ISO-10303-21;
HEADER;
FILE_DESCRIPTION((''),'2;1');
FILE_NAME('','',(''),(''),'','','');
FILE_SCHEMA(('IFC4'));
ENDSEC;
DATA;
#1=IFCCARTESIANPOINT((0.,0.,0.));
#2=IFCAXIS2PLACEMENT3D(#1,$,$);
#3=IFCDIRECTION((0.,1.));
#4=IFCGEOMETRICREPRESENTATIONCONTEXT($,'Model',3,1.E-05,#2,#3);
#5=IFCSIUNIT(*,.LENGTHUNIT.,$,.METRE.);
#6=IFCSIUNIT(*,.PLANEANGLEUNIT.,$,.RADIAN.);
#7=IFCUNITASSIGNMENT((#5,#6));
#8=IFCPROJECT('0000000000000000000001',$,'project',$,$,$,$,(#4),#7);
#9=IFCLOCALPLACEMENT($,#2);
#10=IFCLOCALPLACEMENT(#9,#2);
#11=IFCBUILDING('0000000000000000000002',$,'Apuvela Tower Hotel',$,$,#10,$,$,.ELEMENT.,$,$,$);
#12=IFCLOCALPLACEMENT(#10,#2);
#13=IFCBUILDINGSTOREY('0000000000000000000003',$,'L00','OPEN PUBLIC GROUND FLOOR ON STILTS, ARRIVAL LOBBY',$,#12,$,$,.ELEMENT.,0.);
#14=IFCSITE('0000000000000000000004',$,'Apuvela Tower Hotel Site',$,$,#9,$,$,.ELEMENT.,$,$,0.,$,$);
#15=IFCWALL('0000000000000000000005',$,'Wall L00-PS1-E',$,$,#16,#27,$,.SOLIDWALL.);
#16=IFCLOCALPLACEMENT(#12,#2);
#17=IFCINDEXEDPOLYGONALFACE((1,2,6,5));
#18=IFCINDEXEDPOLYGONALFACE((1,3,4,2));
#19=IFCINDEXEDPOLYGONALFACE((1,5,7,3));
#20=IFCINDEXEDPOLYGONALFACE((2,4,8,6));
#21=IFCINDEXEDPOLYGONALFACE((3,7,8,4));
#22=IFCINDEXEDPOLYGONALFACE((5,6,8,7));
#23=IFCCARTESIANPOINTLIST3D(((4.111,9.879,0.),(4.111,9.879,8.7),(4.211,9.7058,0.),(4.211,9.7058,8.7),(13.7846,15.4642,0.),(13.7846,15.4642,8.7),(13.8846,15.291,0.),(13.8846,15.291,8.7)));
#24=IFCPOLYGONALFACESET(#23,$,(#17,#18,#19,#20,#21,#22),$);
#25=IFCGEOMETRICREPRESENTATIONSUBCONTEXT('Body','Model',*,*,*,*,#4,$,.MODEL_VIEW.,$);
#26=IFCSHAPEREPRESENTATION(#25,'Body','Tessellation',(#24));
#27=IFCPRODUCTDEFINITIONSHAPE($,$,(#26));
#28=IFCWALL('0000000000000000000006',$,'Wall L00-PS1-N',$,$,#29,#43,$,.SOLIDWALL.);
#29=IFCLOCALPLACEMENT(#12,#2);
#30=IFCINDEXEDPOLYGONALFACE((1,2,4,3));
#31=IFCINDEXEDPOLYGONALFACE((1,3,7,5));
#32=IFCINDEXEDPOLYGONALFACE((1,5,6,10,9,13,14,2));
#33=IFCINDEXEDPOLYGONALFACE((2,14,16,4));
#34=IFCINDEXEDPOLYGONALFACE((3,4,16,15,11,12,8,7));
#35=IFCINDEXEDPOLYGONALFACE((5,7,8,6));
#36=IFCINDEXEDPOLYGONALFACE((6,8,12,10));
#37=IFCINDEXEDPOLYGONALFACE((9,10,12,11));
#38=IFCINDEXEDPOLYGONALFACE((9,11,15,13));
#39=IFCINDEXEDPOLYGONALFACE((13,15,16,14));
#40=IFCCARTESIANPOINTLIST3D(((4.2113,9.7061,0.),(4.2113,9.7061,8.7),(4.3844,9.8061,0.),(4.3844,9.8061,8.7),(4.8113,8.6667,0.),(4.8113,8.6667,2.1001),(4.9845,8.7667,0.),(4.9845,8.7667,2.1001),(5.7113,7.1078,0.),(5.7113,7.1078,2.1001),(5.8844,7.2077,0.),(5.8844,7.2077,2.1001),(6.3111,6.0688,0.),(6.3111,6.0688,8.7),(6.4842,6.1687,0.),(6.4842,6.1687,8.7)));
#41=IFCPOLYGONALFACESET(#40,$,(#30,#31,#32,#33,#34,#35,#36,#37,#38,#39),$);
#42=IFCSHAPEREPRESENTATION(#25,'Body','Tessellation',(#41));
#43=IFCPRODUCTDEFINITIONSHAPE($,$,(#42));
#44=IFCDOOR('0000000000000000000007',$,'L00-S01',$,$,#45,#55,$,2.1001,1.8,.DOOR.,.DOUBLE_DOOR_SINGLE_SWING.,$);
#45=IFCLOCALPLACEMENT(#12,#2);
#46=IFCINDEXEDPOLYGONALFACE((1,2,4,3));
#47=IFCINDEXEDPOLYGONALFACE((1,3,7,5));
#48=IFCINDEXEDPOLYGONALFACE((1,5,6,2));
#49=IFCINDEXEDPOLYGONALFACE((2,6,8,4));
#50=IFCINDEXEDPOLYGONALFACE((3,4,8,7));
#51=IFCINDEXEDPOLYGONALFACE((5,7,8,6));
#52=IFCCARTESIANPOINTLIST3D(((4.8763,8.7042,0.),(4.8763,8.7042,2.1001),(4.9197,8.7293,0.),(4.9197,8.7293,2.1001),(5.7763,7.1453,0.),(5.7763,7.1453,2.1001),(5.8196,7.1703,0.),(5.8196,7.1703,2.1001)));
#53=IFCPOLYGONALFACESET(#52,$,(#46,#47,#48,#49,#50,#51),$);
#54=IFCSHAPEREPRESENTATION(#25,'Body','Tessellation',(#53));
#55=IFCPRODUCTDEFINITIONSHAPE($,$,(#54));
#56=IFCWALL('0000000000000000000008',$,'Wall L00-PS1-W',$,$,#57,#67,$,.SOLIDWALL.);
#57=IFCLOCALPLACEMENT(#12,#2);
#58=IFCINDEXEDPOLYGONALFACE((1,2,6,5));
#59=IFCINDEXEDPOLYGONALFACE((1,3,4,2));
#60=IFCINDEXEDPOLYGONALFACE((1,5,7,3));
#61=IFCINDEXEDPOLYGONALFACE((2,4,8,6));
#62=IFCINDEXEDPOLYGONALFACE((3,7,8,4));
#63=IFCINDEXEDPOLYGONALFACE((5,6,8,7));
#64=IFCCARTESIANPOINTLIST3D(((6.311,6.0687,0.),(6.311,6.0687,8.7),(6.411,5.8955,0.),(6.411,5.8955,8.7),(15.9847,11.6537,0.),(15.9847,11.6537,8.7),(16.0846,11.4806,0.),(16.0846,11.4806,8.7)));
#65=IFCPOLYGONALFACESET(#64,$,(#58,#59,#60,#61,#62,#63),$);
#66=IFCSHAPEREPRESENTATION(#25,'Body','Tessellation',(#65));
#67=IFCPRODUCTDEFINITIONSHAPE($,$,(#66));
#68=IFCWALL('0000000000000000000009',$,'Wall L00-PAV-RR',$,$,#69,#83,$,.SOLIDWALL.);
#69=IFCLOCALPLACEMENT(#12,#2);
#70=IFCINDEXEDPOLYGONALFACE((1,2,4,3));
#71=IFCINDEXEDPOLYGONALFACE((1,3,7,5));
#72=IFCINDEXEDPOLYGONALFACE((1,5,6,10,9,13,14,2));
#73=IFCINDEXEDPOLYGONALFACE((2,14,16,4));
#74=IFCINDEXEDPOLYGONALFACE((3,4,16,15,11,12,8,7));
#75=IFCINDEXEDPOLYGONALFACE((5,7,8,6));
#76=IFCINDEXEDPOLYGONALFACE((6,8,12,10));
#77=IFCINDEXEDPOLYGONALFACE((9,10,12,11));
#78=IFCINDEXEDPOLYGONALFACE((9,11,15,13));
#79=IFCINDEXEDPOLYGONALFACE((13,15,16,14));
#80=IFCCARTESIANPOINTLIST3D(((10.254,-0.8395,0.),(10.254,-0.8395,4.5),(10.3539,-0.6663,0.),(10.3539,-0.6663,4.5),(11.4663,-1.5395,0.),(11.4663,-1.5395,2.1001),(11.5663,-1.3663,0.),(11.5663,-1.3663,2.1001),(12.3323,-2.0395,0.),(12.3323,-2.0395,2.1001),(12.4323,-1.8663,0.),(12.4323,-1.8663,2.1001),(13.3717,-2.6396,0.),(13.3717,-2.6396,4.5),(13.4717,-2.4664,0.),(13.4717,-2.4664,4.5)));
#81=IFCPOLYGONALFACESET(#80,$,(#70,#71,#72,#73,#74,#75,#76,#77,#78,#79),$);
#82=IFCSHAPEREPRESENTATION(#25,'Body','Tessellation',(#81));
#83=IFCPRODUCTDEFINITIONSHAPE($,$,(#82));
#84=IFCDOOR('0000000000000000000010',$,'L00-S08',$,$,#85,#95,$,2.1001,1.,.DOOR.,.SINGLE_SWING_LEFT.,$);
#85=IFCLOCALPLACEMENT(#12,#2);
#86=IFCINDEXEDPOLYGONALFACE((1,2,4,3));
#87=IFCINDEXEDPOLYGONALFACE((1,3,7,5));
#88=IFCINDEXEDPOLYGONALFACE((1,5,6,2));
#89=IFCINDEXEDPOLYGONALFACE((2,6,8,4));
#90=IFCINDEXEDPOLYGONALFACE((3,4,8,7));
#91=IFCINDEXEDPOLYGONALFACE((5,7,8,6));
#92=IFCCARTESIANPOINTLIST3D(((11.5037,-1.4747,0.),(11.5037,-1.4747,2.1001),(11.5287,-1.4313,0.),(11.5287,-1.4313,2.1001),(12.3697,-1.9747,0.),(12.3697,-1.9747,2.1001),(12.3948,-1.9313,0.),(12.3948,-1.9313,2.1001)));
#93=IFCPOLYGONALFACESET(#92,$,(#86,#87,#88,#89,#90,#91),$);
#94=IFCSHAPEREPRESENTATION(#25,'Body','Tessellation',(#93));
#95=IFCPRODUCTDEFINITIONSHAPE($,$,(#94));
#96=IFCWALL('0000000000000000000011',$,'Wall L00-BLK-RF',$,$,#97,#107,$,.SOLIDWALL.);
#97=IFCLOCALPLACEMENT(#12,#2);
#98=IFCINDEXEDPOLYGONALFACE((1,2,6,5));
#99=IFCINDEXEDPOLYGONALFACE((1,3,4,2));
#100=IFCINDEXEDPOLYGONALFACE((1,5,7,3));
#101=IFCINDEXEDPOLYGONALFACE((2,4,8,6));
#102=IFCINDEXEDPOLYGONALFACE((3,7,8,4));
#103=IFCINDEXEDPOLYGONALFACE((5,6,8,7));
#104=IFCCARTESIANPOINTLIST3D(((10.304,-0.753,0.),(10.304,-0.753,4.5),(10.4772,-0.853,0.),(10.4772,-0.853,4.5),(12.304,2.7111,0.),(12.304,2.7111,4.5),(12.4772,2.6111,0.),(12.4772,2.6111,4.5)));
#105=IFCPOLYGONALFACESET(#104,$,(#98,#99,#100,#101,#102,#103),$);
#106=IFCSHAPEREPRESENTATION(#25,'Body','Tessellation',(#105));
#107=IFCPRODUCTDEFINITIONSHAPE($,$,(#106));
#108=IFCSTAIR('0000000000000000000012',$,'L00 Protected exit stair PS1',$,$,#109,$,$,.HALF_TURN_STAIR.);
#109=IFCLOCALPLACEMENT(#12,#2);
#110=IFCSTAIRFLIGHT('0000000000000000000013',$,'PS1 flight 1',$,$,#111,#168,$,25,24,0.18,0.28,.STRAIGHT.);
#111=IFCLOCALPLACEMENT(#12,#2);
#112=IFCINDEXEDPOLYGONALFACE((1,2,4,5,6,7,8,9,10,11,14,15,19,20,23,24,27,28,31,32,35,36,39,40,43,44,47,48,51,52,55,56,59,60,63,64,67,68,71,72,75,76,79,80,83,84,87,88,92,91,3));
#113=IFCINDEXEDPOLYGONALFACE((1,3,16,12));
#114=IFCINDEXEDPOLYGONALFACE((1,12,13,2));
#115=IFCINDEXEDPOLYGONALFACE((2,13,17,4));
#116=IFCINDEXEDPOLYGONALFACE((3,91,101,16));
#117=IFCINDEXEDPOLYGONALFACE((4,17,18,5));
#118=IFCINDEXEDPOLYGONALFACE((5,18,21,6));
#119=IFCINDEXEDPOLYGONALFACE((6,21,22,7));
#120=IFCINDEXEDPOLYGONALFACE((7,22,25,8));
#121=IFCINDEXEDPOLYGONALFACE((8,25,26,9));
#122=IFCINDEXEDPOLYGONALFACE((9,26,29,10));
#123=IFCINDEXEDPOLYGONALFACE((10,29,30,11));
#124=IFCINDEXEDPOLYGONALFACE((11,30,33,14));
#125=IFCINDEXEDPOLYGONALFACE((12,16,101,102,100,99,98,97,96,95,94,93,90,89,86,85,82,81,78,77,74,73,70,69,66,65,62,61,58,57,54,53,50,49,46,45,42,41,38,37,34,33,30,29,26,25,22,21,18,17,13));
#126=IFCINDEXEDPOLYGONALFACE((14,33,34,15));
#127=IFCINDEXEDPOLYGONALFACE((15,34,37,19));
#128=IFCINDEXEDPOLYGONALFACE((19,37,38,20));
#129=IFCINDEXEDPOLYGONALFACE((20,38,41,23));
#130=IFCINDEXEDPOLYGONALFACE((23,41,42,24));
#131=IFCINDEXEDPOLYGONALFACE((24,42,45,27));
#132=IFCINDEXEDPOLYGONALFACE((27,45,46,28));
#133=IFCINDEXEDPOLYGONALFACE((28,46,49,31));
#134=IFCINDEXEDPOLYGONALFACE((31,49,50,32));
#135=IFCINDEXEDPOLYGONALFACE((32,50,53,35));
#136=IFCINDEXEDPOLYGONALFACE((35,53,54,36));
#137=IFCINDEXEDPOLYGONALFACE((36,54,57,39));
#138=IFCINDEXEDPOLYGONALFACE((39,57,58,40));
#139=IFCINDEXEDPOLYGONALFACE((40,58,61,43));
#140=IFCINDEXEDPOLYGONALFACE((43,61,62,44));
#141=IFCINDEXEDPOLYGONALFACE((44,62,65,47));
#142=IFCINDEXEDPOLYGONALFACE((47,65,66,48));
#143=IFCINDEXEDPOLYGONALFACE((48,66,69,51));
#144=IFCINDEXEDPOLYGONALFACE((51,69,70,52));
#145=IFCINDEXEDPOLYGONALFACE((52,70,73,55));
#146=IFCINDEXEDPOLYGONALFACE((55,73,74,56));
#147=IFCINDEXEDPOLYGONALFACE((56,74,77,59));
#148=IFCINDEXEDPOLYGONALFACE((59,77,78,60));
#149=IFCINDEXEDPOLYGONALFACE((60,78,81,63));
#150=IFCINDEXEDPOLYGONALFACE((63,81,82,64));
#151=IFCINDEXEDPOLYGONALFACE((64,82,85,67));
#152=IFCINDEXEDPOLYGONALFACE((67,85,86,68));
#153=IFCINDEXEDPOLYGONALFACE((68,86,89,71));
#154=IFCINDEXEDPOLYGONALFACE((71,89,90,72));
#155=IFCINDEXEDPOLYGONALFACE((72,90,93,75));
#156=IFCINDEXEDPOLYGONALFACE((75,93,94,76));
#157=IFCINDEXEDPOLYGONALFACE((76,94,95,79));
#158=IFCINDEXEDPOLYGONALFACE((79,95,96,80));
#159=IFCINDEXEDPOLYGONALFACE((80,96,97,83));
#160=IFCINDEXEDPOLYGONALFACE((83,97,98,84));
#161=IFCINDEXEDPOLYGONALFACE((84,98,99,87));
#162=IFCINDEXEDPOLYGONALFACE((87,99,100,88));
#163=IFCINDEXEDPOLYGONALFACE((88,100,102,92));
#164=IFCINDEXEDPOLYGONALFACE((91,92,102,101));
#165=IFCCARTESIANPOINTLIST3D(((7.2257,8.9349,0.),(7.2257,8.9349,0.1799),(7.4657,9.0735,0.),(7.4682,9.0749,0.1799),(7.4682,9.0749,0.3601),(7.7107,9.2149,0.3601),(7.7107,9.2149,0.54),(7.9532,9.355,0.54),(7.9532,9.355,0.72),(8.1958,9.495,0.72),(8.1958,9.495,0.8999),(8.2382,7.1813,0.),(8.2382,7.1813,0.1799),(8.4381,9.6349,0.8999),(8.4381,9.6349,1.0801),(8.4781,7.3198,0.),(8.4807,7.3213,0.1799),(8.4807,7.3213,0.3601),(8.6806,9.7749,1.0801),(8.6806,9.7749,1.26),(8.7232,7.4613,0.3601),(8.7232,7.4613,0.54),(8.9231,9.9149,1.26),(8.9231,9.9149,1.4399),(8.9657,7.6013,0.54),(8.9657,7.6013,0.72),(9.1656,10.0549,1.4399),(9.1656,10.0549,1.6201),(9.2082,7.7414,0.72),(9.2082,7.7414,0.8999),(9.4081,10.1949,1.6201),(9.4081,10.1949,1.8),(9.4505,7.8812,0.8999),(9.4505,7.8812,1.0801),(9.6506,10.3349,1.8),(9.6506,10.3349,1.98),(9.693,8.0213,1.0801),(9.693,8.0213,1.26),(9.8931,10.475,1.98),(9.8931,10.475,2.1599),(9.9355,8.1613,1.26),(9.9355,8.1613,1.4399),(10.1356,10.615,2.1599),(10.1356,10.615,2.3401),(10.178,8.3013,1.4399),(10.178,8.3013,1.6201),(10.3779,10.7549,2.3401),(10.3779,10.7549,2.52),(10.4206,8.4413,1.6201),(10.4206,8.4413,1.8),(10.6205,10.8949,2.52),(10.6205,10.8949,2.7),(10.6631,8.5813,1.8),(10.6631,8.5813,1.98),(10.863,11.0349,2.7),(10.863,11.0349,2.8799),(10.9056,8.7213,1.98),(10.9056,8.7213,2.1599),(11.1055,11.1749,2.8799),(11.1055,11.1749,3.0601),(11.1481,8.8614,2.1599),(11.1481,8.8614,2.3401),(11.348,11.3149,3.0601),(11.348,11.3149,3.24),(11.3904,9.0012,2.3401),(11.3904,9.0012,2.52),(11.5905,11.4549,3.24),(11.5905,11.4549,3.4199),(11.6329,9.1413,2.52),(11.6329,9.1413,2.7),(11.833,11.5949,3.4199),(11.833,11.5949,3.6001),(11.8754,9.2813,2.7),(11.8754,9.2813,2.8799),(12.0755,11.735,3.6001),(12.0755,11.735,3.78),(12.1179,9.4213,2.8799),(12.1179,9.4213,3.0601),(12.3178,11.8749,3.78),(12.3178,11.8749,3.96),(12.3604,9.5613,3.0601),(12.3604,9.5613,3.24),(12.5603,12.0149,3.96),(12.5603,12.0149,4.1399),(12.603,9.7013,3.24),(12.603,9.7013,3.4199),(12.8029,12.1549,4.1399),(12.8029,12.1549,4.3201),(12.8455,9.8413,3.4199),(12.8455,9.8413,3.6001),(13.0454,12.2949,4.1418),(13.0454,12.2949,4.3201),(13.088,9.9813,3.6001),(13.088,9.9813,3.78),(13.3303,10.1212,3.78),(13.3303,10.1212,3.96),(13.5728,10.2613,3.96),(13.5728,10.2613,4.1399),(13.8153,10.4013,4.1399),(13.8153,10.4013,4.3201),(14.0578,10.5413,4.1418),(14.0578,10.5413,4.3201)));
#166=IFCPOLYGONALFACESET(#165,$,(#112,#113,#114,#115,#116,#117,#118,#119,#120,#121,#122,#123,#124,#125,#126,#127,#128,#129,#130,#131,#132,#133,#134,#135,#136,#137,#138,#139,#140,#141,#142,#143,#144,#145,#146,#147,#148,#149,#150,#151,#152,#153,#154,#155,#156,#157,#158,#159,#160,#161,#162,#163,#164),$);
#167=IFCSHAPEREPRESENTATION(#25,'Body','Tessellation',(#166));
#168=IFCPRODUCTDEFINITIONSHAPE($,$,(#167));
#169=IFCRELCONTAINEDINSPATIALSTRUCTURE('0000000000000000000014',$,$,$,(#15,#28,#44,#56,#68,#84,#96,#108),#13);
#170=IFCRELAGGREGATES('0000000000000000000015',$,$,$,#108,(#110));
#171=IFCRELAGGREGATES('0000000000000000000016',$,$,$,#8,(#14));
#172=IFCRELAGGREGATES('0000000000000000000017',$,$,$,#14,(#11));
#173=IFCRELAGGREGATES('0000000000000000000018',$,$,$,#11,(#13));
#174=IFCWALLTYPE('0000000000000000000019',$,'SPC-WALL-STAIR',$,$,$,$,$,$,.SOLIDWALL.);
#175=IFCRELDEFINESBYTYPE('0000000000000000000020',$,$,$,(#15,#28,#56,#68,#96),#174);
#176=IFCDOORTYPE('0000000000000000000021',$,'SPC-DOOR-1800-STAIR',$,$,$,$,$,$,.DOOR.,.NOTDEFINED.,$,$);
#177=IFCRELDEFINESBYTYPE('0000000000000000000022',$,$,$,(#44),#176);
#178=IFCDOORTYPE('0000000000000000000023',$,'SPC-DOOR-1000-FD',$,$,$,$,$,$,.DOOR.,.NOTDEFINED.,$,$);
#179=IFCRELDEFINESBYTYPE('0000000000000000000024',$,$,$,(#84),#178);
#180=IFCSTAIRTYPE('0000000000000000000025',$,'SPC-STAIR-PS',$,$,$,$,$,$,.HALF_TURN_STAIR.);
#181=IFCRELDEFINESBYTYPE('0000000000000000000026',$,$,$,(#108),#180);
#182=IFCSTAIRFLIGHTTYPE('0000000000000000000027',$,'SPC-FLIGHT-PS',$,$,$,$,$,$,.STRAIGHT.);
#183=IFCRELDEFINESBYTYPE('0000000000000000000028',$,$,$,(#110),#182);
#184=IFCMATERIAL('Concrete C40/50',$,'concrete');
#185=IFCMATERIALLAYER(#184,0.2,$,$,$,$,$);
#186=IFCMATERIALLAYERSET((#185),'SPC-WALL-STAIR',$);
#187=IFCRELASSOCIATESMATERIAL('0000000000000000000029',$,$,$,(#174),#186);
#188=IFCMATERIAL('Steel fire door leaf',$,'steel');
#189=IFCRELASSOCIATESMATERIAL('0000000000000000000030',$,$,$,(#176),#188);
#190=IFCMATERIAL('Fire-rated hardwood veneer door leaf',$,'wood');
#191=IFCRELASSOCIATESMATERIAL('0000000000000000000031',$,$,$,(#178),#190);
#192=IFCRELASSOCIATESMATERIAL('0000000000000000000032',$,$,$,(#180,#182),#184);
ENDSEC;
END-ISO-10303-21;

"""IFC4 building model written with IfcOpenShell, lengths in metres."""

from ifc_helpers import new_model, si_unit, direction, frame, frame_2d, origin, place, context, subcontext, project, spatial, polyline, rectangle, outline, extrude, material, layer, layer_set, type_object, element, fill, aggregate, save


model = new_model("IFC4")

# Units and contexts
model_context = context("Model", 3, precision=1e-05, world=origin(), true_north=direction((0.0, 1.0)))
body_context = subcontext(model_context, "Body", "Model", "MODEL_VIEW")
ifc_project = project(units=[si_unit("LENGTHUNIT", "METRE"), si_unit("PLANEANGLEUNIT", "RADIAN")], contexts=[model_context])

# Site, building, storey
site_placement = place(None, origin())
site = spatial("IfcSite", under=ifc_project, at=site_placement, Name="Apuvela Tower Hotel Site", CompositionType="ELEMENT", RefElevation=0.0)
building_placement = place(site_placement, origin())
building = spatial("IfcBuilding", under=site, at=building_placement, Name="Apuvela Tower Hotel", CompositionType="ELEMENT")
storey_placement = place(building_placement, origin())
storey = spatial("IfcBuildingStorey", under=building, at=storey_placement, Name="L00", Description="OPEN PUBLIC GROUND FLOOR ON STILTS, ARRIVAL LOBBY", CompositionType="ELEMENT", Elevation=0.0)

# Shared definitions
ifc_material_1 = material(Name="Concrete C40/50", Category="concrete")

# Wall
ifc_layer_1 = layer(ifc_material_1, 0.2)
ifc_layer_set_1 = layer_set([ifc_layer_1], Name="SPC-WALL-STAIR")
wall_type_1 = type_object("IfcWallType", Name="SPC-WALL-STAIR", PredefinedType="SOLIDWALL", material=ifc_layer_set_1)
wall_1_placement = place(storey_placement, frame((4.1611, 9.7925, 0.0), z_axis=(0.0, 0.0, 1.0), x_axis=(0.866019, 0.500011, 0.0)))
element("IfcWall", 1, at=wall_1_placement, inside=storey, type_object=wall_type_1, Name="Wall L00-PS1-E", PredefinedType="SOLIDWALL", context=body_context, shape_type="SweptSolid", body=[
    extrude(rectangle(XDim=11.1702, YDim=0.2, at=frame_2d((5.585, 0.0))), origin(), (0.0, 0.0, 1.0), 8.7),
])

# Wall, opening, door
wall_2_placement = place(storey_placement, frame((6.3977, 6.1187, 0.0), z_axis=(0.0, 0.0, 1.0), x_axis=(-0.499959, 0.866049, 0.0)))
wall_2 = element("IfcWall", 2, at=wall_2_placement, inside=storey, type_object=wall_type_1, Name="Wall L00-PS1-N", PredefinedType="SOLIDWALL", context=body_context, shape_type="SweptSolid", body=[
    extrude(rectangle(XDim=4.2, YDim=0.2, at=frame_2d((2.1001, 0.0))), origin(), (0.0, 0.0, 1.0), 8.7),
])
opening_1_placement = place(wall_2_placement, frame((1.2, 0.0, 0.0)))
opening_1 = element("IfcOpeningElement", 3, at=opening_1_placement, cuts=wall_2, PredefinedType="OPENING", context=body_context, shape_type="SweptSolid", body=[
    extrude(rectangle(XDim=1.8, YDim=2.1001, at=frame_2d((0.8999, 1.05))), frame((0.0, 0.1099, 0.0), z_axis=(0.0, -1.0, 0.0), x_axis=(1.0, 0.0, 0.0)), (0.0, 0.0, 1.0), 0.22),
])
ifc_material_2 = material(Name="Steel fire door leaf", Category="steel")
door_type_1 = type_object("IfcDoorType", Name="SPC-DOOR-1800-STAIR", OperationType="NOTDEFINED", PredefinedType="DOOR", material=ifc_material_2)
door_1_placement = place(opening_1_placement, origin())
door_1 = element("IfcDoor", 4, at=door_1_placement, inside=storey, type_object=door_type_1, Name="L00-S01", OperationType="DOUBLE_DOOR_SINGLE_SWING", OverallHeight=2.1001, OverallWidth=1.8, PredefinedType="DOOR", context=body_context, shape_type="SweptSolid", body=[
    extrude(rectangle(XDim=1.8, YDim=2.1001, at=frame_2d((0.8999, 1.05))), frame((0.0, 0.0249, 0.0), z_axis=(0.0, -1.0, 0.0), x_axis=(1.0, 0.0, 0.0)), (0.0, 0.0, 1.0), 0.05),
])
fill(opening_1, door_1)

# Wall
wall_3_placement = place(storey_placement, frame((6.3611, 5.9822, 0.0), z_axis=(0.0, 0.0, 1.0), x_axis=(0.866029, 0.499994, 0.0)))
element("IfcWall", 5, at=wall_3_placement, inside=storey, type_object=wall_type_1, Name="Wall L00-PS1-W", PredefinedType="SOLIDWALL", context=body_context, shape_type="SweptSolid", body=[
    extrude(rectangle(XDim=11.1702, YDim=0.2, at=frame_2d((5.585, 0.0))), origin(), (0.0, 0.0, 1.0), 8.7),
])

# Wall, opening, door
wall_4_placement = place(storey_placement, frame((10.304, -0.7529, 0.0), z_axis=(0.0, 0.0, 1.0), x_axis=(0.866018, -0.500012, 0.0)))
wall_4 = element("IfcWall", 6, at=wall_4_placement, inside=storey, type_object=wall_type_1, Name="Wall L00-PAV-RR", PredefinedType="SOLIDWALL", context=body_context, shape_type="SweptSolid", body=[
    extrude(rectangle(XDim=3.6001, YDim=0.2, at=frame_2d((1.8, 0.0))), origin(), (0.0, 0.0, 1.0), 4.5),
])
opening_2_placement = place(wall_4_placement, frame((1.3999, 0.0, 0.0)))
opening_2 = element("IfcOpeningElement", 7, at=opening_2_placement, cuts=wall_4, PredefinedType="OPENING", context=body_context, shape_type="SweptSolid", body=[
    extrude(rectangle(XDim=1.0, YDim=2.1001, at=frame_2d((0.5, 1.05))), frame((0.0, 0.1099, 0.0), z_axis=(0.0, -1.0, 0.0), x_axis=(1.0, 0.0, 0.0)), (0.0, 0.0, 1.0), 0.22),
])
ifc_material_3 = material(Name="Fire-rated hardwood veneer door leaf", Category="wood")
door_type_2 = type_object("IfcDoorType", Name="SPC-DOOR-1000-FD", OperationType="NOTDEFINED", PredefinedType="DOOR", material=ifc_material_3)
door_2_placement = place(opening_2_placement, origin())
door_2 = element("IfcDoor", 8, at=door_2_placement, inside=storey, type_object=door_type_2, Name="L00-S08", OperationType="SINGLE_SWING_LEFT", OverallHeight=2.1001, OverallWidth=1.0, PredefinedType="DOOR", context=body_context, shape_type="SweptSolid", body=[
    extrude(rectangle(XDim=1.0, YDim=2.1001, at=frame_2d((0.5, 1.05))), frame((0.0, 0.0249, 0.0), z_axis=(0.0, -1.0, 0.0), x_axis=(1.0, 0.0, 0.0)), (0.0, 0.0, 1.0), 0.05),
])
fill(opening_2, door_2)

# Wall
wall_5_placement = place(storey_placement, frame((10.3906, -0.803, 0.0), z_axis=(0.0, 0.0, 1.0), x_axis=(0.499999, 0.866026, 0.0)))
element("IfcWall", 9, at=wall_5_placement, inside=storey, type_object=wall_type_1, Name="Wall L00-BLK-RF", PredefinedType="SOLIDWALL", context=body_context, shape_type="SweptSolid", body=[
    extrude(rectangle(XDim=4.0, YDim=0.2, at=frame_2d((2.0, 0.0))), origin(), (0.0, 0.0, 1.0), 4.5),
])

# Stair, stair flight
stair_type = type_object("IfcStairType", Name="SPC-STAIR-PS", PredefinedType="HALF_TURN_STAIR", material=ifc_material_1)
stair_placement = place(storey_placement, origin())
stair = element("IfcStair", 10, at=stair_placement, inside=storey, type_object=stair_type, Name="L00 Protected exit stair PS1", PredefinedType="HALF_TURN_STAIR")
stair_flight_type = type_object("IfcStairFlightType", Name="SPC-FLIGHT-PS", PredefinedType="STRAIGHT", material=ifc_material_1)
stair_flight_placement = place(storey_placement, frame((7.7319, 8.0581, 0.0), z_axis=(0.0, 0.0, 1.0), x_axis=(0.866025, 0.5, 0.0)))
stair_flight = element("IfcStairFlight", 11, at=stair_flight_placement, type_object=stair_flight_type, Name="PS1 flight 1", NumberOfRisers=25, NumberOfTreads=24, PredefinedType="STRAIGHT", RiserHeight=0.18, TreadLength=0.28, context=body_context, shape_type="SweptSolid", body=[
    extrude(outline(polyline([(0.0, 0.0), (0.0, 0.1799), (0.28, 0.1799), (0.28, 0.3601), (0.5601, 0.3601), (0.5601, 0.54), (0.8401, 0.54), (0.8401, 0.72), (1.1201, 0.72), (1.1201, 0.8999), (1.3999, 0.8999), (1.3999, 1.0801), (1.6799, 1.0801), (1.6799, 1.26), (1.96, 1.26), (1.96, 1.4399), (2.24, 1.4399), (2.24, 1.6201), (2.52, 1.6201), (2.52, 1.8), (2.8, 1.8), (2.8, 1.98), (3.0801, 1.98), (3.0801, 2.1599), (3.3601, 2.1599), (3.3601, 2.3401), (3.6399, 2.3401), (3.6399, 2.52), (3.9199, 2.52), (3.9199, 2.7), (4.2, 2.7), (4.2, 2.8799), (4.48, 2.8799), (4.48, 3.0601), (4.76, 3.0601), (4.76, 3.24), (5.04, 3.24), (5.04, 3.4199), (5.3201, 3.4199), (5.3201, 3.6001), (5.6001, 3.6001), (5.6001, 3.78), (5.8799, 3.78), (5.8799, 3.96), (6.1599, 3.96), (6.1599, 4.1399), (6.4399, 4.1399), (6.4399, 4.3201), (6.72, 4.3201), (6.72, 4.5), (6.72, 4.1418), (0.2771, 0.0), (0.0, 0.0)])), frame((0.0, 1.0125, 0.0), z_axis=(0.0, -1.0, 0.0), x_axis=(1.0, 0.0, 0.0)), (0.0, 0.0, 1.0), 2.0249),
])
aggregate(stair, [stair_flight])

save(model, "model.ifc")
